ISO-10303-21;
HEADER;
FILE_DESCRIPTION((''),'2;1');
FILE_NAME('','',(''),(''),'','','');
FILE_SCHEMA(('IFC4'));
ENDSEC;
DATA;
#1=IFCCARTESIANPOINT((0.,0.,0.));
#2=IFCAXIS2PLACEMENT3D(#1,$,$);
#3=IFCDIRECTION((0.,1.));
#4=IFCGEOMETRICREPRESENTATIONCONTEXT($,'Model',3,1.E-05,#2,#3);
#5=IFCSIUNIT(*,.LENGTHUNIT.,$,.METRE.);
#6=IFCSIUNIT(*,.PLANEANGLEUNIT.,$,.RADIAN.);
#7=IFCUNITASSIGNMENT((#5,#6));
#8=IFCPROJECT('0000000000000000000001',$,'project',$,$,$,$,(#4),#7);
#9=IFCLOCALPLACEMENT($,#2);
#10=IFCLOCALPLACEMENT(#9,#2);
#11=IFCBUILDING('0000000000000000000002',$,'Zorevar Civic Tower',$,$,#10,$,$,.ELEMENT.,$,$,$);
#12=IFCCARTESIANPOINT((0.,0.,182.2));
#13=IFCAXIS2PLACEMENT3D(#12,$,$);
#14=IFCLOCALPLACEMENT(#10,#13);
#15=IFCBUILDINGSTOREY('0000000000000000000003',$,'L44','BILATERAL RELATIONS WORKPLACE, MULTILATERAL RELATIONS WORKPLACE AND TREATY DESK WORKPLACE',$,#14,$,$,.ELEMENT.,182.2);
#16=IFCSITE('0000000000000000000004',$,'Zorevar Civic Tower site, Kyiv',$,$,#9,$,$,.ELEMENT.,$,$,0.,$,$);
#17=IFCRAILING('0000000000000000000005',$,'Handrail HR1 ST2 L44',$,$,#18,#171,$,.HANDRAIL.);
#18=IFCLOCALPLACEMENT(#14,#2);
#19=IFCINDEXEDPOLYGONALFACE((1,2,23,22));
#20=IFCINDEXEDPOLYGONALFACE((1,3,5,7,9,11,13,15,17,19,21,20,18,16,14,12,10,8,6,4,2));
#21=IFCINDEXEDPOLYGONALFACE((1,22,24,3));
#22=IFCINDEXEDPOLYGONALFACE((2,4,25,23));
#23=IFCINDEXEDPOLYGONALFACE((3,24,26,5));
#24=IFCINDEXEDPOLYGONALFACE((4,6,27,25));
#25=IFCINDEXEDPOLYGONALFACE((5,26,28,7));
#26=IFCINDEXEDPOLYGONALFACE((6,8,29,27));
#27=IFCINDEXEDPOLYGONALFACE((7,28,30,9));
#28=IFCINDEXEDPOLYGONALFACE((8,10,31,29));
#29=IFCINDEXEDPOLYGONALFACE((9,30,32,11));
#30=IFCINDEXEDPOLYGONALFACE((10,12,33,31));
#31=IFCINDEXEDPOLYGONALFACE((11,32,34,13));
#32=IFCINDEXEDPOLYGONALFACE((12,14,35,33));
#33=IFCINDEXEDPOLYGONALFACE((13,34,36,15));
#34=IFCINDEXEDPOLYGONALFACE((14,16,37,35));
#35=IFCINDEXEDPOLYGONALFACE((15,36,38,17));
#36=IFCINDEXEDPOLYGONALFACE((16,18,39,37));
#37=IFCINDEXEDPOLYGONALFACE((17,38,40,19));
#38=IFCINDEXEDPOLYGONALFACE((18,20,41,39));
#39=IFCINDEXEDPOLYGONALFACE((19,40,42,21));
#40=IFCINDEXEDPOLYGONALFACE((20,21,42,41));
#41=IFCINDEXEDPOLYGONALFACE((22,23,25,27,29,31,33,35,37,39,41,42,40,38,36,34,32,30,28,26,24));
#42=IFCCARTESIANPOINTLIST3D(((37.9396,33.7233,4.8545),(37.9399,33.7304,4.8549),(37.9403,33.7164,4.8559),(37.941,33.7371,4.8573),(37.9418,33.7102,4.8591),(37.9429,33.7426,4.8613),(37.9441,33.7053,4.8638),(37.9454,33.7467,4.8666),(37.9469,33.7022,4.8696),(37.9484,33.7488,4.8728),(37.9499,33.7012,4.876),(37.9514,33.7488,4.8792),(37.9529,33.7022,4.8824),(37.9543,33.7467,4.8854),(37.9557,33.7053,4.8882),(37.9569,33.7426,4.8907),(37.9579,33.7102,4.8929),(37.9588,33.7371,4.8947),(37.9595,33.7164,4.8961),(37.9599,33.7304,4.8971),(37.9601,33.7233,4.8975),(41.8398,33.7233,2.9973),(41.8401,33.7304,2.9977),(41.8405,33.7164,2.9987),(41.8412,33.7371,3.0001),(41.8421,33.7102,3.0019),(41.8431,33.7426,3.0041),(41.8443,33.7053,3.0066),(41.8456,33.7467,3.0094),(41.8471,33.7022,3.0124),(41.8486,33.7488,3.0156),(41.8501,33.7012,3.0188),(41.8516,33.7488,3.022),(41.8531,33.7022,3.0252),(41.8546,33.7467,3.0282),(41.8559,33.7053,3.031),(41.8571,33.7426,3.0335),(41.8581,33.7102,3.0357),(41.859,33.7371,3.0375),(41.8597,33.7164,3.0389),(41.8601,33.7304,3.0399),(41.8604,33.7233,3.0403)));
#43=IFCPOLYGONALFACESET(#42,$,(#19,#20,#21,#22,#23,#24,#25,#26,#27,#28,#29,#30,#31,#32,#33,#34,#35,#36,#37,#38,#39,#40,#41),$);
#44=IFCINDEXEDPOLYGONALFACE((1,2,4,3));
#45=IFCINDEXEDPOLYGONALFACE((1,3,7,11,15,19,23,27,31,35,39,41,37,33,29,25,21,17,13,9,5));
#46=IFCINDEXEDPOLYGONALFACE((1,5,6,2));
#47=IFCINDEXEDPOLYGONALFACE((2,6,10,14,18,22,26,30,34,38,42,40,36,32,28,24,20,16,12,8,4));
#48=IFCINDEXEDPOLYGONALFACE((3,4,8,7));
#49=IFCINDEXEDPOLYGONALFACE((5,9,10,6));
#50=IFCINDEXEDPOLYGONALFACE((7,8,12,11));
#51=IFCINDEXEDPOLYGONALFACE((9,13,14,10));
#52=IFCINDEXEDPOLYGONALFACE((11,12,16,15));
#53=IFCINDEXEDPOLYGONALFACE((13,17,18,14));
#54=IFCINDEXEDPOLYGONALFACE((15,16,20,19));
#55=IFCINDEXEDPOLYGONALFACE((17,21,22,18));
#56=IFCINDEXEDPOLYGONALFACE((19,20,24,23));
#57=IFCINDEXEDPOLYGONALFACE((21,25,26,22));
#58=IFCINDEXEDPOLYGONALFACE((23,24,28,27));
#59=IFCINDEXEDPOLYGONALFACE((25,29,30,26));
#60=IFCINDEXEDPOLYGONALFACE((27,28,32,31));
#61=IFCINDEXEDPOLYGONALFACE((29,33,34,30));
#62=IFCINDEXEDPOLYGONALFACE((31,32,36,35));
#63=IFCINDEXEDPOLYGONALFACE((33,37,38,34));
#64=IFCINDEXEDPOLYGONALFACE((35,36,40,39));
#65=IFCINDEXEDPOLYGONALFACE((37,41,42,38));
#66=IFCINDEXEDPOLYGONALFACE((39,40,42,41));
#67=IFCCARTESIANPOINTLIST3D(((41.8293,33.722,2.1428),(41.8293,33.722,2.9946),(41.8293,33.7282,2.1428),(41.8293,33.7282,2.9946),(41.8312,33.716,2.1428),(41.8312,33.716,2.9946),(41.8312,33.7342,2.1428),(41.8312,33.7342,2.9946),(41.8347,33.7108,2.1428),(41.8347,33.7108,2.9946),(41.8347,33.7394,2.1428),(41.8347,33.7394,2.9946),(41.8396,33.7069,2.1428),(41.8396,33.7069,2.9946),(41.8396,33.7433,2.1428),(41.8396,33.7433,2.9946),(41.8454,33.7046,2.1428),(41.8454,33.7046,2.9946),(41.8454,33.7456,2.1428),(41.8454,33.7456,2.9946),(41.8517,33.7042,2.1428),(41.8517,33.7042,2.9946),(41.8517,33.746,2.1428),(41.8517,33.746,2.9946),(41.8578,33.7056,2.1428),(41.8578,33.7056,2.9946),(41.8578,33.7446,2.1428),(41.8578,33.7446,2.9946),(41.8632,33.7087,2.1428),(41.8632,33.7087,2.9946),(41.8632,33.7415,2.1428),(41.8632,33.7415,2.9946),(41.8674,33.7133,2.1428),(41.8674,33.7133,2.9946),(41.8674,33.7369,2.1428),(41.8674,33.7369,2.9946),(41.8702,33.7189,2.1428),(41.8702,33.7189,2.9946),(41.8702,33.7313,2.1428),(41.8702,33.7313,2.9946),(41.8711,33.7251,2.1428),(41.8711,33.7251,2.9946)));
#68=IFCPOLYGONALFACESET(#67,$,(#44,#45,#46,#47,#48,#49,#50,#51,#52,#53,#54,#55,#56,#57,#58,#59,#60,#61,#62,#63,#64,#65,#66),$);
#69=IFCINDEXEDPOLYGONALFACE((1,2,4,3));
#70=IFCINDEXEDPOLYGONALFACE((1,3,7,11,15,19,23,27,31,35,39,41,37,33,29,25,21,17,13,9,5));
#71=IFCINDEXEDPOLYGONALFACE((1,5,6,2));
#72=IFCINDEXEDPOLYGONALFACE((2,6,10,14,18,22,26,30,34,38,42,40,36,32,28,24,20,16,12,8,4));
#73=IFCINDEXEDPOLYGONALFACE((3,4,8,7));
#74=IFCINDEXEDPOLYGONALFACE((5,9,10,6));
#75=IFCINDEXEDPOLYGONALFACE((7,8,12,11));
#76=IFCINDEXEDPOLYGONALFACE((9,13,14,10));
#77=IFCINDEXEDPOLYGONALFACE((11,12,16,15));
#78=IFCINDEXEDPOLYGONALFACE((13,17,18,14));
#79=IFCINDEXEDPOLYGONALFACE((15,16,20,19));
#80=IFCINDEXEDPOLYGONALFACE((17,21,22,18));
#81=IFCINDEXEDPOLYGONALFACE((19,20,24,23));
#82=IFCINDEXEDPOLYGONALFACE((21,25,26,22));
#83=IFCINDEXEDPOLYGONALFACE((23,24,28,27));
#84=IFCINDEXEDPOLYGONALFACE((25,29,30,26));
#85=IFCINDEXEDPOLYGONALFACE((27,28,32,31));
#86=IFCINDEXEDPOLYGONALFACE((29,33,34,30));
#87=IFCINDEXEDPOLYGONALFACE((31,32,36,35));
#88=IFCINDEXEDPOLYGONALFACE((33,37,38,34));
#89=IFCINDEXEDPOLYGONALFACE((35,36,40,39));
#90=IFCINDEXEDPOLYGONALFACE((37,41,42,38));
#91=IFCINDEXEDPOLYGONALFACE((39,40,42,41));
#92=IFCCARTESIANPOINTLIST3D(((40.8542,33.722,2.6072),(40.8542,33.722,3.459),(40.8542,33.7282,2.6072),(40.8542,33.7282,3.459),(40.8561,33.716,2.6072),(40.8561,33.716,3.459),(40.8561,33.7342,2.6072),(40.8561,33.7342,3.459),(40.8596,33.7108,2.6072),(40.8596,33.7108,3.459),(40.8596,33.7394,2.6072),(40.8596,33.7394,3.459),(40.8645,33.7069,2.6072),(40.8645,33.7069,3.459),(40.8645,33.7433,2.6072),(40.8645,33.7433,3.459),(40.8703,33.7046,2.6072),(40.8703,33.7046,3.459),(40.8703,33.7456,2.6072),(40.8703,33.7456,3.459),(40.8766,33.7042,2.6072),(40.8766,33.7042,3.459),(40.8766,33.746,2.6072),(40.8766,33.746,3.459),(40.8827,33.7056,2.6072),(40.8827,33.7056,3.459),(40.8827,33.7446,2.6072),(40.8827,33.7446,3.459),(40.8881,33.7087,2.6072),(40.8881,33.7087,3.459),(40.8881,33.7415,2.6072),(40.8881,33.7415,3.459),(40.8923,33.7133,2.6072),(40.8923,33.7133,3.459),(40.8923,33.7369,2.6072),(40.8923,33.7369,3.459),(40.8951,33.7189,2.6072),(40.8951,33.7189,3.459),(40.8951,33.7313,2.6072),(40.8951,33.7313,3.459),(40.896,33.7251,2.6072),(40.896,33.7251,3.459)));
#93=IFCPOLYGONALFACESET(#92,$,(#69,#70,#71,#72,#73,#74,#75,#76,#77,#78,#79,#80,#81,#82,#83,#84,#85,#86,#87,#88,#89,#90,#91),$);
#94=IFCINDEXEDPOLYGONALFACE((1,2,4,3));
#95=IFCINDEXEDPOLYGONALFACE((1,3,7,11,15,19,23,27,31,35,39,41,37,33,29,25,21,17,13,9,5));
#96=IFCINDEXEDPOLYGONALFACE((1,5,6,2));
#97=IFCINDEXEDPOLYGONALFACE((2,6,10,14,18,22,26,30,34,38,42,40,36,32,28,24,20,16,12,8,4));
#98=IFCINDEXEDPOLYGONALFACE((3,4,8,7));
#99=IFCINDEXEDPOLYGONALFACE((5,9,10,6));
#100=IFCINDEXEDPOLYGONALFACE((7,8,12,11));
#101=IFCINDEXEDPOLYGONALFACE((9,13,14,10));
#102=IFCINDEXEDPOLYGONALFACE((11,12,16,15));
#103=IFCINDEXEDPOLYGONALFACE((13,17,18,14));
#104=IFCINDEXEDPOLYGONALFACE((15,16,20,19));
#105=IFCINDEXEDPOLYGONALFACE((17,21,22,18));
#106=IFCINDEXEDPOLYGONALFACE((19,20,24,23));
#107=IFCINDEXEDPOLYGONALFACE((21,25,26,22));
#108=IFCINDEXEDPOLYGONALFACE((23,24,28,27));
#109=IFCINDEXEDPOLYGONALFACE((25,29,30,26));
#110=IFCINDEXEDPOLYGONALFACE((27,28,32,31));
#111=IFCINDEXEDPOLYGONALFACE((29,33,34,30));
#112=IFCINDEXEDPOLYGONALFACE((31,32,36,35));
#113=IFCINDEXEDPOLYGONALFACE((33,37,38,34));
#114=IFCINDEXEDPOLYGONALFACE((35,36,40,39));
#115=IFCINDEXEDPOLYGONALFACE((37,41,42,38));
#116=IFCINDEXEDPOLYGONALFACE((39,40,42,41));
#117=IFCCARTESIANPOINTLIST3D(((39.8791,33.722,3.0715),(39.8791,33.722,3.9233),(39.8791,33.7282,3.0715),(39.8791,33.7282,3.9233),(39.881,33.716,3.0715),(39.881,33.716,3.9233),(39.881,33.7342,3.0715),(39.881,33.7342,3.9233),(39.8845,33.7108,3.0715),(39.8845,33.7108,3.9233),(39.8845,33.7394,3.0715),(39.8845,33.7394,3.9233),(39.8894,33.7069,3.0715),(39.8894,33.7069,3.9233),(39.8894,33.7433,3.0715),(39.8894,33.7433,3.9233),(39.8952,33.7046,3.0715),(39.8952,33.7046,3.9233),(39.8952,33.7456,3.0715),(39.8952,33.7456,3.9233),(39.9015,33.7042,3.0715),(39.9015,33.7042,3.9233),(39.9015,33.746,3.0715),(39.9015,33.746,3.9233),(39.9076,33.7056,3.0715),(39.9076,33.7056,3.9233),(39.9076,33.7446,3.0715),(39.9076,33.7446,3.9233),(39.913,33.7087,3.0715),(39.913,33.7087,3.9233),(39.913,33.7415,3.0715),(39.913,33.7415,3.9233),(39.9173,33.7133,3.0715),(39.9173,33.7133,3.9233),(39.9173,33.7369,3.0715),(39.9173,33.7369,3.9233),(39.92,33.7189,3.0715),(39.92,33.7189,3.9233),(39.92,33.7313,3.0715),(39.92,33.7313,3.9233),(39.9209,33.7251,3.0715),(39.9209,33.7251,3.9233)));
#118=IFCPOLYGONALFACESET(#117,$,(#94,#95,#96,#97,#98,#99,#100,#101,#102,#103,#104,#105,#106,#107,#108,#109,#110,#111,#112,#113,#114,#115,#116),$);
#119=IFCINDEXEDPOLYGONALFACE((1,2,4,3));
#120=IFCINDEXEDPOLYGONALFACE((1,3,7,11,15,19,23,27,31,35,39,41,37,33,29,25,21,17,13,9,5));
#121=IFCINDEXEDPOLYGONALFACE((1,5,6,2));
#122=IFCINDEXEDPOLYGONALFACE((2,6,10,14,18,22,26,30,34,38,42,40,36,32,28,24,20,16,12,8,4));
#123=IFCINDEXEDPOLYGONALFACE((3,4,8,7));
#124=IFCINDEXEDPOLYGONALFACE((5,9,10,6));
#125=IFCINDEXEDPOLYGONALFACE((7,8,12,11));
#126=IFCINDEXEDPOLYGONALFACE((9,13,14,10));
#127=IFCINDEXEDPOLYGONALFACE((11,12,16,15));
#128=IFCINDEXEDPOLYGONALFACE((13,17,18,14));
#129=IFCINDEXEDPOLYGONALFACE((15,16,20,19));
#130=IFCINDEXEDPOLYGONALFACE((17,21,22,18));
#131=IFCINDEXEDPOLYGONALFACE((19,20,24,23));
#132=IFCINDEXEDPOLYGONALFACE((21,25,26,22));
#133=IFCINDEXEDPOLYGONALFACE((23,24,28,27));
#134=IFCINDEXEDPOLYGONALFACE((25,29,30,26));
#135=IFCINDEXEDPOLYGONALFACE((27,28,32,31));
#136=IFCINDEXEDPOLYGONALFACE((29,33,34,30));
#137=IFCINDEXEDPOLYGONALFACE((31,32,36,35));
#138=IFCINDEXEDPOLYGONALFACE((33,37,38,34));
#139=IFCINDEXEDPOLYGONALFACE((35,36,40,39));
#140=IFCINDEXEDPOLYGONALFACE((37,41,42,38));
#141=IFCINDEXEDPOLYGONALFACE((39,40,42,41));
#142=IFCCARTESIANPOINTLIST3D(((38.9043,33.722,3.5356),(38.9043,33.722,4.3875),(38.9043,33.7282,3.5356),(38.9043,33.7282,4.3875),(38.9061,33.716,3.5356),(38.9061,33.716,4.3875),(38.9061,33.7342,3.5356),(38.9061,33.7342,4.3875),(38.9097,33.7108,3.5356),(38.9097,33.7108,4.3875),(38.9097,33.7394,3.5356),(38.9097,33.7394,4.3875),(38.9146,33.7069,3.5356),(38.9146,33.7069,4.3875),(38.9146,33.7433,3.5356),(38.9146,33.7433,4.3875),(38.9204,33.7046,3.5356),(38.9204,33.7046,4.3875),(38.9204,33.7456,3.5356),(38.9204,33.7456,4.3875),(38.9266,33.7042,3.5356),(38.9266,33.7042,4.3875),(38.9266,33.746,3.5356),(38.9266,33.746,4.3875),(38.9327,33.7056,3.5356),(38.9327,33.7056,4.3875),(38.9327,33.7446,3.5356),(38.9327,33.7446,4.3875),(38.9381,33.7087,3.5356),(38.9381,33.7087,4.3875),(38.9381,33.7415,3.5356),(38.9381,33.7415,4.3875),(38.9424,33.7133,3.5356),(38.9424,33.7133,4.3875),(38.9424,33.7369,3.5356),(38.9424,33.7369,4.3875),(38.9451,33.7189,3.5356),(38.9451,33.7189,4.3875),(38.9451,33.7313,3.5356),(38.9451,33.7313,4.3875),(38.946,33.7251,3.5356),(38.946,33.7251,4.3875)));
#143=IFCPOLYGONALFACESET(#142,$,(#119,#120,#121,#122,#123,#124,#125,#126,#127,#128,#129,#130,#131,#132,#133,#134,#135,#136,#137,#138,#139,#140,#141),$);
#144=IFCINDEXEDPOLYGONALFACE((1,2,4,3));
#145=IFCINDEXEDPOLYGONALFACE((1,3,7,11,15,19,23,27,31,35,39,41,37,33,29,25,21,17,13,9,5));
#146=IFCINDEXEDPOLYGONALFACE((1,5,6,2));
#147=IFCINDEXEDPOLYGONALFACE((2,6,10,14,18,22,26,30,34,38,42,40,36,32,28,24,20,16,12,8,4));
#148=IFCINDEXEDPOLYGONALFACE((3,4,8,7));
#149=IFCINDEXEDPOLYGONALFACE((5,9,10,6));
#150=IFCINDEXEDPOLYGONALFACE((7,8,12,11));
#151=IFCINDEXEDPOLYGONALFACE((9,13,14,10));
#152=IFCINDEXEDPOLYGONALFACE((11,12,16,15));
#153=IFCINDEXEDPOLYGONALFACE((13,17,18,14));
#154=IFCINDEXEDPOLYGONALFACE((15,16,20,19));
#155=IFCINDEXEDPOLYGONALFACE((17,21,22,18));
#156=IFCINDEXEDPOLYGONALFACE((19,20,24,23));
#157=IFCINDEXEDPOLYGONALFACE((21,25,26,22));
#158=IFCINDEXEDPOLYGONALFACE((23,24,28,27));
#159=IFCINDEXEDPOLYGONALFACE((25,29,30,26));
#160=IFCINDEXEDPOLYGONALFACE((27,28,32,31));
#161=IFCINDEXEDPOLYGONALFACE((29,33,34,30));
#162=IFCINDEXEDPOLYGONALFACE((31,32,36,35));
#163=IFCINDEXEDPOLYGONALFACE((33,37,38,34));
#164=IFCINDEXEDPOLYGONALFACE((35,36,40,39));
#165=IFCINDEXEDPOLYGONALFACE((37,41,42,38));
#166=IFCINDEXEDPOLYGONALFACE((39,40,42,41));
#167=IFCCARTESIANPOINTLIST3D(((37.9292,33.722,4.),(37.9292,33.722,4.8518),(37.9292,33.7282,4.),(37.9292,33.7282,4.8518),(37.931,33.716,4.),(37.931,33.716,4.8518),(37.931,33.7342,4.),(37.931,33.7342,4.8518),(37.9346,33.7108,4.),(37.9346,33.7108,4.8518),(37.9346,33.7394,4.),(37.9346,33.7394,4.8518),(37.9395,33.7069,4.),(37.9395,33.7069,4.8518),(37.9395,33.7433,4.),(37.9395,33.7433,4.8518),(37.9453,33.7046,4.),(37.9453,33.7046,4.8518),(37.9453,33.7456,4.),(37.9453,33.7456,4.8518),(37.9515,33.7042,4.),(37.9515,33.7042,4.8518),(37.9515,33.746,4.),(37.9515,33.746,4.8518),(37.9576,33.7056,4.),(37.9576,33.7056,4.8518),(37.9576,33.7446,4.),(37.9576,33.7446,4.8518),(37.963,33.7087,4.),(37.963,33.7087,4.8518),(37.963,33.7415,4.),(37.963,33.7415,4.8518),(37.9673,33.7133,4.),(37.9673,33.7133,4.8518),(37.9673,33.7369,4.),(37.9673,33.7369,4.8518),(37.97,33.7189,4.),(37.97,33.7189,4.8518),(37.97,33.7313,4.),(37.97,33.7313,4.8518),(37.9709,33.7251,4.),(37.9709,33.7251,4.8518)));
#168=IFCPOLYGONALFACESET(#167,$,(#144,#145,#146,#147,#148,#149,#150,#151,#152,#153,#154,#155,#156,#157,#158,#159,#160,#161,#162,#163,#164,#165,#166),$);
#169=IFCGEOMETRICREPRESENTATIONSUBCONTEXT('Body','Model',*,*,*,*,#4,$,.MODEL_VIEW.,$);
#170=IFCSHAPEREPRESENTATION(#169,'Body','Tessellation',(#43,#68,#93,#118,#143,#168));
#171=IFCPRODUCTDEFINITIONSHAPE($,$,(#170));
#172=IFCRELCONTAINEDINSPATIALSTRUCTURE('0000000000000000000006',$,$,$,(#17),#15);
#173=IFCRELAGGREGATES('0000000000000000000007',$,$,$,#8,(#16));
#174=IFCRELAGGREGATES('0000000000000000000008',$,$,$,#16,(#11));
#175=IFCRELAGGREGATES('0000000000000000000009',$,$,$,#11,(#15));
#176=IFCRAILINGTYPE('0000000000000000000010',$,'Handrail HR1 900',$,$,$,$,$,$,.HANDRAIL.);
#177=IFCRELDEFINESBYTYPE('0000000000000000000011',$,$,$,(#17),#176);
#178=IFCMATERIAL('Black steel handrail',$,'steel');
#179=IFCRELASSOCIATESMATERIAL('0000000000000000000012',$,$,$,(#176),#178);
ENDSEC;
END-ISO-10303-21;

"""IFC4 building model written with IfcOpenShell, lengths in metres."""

from ifc_helpers import new_model, si_unit, direction, frame, origin, origin_2d, place, context, subcontext, project, spatial, circle, extrude, material, type_object, element, save


model = new_model("IFC4")

# Units and contexts
model_context = context("Model", 3, precision=1e-05, world=origin(), true_north=direction((0.0, 1.0)))
body_context = subcontext(model_context, "Body", "Model", "MODEL_VIEW")
ifc_project = project(units=[si_unit("LENGTHUNIT", "METRE"), si_unit("PLANEANGLEUNIT", "RADIAN")], contexts=[model_context])

# Site, building, storey
site_placement = place(None, origin())
site = spatial("IfcSite", under=ifc_project, at=site_placement, Name="Zorevar Civic Tower site, Kyiv", CompositionType="ELEMENT", RefElevation=0.0)
building_placement = place(site_placement, origin())
building = spatial("IfcBuilding", under=site, at=building_placement, Name="Zorevar Civic Tower", CompositionType="ELEMENT")
storey_placement = place(building_placement, frame((0.0, 0.0, 182.2)))
storey = spatial("IfcBuildingStorey", under=building, at=storey_placement, Name="L44", Description="BILATERAL RELATIONS WORKPLACE, MULTILATERAL RELATIONS WORKPLACE AND TREATY DESK WORKPLACE", CompositionType="ELEMENT", Elevation=182.2)

# Railing
ifc_material_1 = material(Name="Black steel handrail", Category="steel")
railing_type = type_object("IfcRailingType", Name="Handrail HR1 900", PredefinedType="HANDRAIL", material=ifc_material_1)
railing_1_placement = place(storey_placement, frame((41.8501, 33.7251, 2.1428)))
element("IfcRailing", 1, at=railing_1_placement, inside=storey, type_object=railing_type, Name="Handrail HR1 ST2 L44", PredefinedType="HANDRAIL", context=body_context, shape_type="SweptSolid", body=[
    extrude(circle(Radius=0.0239, at=origin_2d()), frame((0.0, 0.0, 0.876), z_axis=(-0.902864, 0.0, 0.429927), x_axis=(0.0, -1.0, 0.0)), (0.0, 0.0, 1.0), 4.3198),
    extrude(circle(Radius=0.021, at=origin_2d()), origin(), (0.0, 0.0, 1.0), 0.8518),
    extrude(circle(Radius=0.021, at=origin_2d()), frame((-0.9751, 0.0, 0.4644)), (0.0, 0.0, 1.0), 0.8518),
    extrude(circle(Radius=0.021, at=origin_2d()), frame((-1.9502, 0.0, 0.9287)), (0.0, 0.0, 1.0), 0.8518),
    extrude(circle(Radius=0.021, at=origin_2d()), frame((-2.925, 0.0, 1.3928)), (0.0, 0.0, 1.0), 0.8518),
    extrude(circle(Radius=0.021, at=origin_2d()), frame((-3.9001, 0.0, 1.8572)), (0.0, 0.0, 1.0), 0.8518),
])

save(model, "model.ifc")
